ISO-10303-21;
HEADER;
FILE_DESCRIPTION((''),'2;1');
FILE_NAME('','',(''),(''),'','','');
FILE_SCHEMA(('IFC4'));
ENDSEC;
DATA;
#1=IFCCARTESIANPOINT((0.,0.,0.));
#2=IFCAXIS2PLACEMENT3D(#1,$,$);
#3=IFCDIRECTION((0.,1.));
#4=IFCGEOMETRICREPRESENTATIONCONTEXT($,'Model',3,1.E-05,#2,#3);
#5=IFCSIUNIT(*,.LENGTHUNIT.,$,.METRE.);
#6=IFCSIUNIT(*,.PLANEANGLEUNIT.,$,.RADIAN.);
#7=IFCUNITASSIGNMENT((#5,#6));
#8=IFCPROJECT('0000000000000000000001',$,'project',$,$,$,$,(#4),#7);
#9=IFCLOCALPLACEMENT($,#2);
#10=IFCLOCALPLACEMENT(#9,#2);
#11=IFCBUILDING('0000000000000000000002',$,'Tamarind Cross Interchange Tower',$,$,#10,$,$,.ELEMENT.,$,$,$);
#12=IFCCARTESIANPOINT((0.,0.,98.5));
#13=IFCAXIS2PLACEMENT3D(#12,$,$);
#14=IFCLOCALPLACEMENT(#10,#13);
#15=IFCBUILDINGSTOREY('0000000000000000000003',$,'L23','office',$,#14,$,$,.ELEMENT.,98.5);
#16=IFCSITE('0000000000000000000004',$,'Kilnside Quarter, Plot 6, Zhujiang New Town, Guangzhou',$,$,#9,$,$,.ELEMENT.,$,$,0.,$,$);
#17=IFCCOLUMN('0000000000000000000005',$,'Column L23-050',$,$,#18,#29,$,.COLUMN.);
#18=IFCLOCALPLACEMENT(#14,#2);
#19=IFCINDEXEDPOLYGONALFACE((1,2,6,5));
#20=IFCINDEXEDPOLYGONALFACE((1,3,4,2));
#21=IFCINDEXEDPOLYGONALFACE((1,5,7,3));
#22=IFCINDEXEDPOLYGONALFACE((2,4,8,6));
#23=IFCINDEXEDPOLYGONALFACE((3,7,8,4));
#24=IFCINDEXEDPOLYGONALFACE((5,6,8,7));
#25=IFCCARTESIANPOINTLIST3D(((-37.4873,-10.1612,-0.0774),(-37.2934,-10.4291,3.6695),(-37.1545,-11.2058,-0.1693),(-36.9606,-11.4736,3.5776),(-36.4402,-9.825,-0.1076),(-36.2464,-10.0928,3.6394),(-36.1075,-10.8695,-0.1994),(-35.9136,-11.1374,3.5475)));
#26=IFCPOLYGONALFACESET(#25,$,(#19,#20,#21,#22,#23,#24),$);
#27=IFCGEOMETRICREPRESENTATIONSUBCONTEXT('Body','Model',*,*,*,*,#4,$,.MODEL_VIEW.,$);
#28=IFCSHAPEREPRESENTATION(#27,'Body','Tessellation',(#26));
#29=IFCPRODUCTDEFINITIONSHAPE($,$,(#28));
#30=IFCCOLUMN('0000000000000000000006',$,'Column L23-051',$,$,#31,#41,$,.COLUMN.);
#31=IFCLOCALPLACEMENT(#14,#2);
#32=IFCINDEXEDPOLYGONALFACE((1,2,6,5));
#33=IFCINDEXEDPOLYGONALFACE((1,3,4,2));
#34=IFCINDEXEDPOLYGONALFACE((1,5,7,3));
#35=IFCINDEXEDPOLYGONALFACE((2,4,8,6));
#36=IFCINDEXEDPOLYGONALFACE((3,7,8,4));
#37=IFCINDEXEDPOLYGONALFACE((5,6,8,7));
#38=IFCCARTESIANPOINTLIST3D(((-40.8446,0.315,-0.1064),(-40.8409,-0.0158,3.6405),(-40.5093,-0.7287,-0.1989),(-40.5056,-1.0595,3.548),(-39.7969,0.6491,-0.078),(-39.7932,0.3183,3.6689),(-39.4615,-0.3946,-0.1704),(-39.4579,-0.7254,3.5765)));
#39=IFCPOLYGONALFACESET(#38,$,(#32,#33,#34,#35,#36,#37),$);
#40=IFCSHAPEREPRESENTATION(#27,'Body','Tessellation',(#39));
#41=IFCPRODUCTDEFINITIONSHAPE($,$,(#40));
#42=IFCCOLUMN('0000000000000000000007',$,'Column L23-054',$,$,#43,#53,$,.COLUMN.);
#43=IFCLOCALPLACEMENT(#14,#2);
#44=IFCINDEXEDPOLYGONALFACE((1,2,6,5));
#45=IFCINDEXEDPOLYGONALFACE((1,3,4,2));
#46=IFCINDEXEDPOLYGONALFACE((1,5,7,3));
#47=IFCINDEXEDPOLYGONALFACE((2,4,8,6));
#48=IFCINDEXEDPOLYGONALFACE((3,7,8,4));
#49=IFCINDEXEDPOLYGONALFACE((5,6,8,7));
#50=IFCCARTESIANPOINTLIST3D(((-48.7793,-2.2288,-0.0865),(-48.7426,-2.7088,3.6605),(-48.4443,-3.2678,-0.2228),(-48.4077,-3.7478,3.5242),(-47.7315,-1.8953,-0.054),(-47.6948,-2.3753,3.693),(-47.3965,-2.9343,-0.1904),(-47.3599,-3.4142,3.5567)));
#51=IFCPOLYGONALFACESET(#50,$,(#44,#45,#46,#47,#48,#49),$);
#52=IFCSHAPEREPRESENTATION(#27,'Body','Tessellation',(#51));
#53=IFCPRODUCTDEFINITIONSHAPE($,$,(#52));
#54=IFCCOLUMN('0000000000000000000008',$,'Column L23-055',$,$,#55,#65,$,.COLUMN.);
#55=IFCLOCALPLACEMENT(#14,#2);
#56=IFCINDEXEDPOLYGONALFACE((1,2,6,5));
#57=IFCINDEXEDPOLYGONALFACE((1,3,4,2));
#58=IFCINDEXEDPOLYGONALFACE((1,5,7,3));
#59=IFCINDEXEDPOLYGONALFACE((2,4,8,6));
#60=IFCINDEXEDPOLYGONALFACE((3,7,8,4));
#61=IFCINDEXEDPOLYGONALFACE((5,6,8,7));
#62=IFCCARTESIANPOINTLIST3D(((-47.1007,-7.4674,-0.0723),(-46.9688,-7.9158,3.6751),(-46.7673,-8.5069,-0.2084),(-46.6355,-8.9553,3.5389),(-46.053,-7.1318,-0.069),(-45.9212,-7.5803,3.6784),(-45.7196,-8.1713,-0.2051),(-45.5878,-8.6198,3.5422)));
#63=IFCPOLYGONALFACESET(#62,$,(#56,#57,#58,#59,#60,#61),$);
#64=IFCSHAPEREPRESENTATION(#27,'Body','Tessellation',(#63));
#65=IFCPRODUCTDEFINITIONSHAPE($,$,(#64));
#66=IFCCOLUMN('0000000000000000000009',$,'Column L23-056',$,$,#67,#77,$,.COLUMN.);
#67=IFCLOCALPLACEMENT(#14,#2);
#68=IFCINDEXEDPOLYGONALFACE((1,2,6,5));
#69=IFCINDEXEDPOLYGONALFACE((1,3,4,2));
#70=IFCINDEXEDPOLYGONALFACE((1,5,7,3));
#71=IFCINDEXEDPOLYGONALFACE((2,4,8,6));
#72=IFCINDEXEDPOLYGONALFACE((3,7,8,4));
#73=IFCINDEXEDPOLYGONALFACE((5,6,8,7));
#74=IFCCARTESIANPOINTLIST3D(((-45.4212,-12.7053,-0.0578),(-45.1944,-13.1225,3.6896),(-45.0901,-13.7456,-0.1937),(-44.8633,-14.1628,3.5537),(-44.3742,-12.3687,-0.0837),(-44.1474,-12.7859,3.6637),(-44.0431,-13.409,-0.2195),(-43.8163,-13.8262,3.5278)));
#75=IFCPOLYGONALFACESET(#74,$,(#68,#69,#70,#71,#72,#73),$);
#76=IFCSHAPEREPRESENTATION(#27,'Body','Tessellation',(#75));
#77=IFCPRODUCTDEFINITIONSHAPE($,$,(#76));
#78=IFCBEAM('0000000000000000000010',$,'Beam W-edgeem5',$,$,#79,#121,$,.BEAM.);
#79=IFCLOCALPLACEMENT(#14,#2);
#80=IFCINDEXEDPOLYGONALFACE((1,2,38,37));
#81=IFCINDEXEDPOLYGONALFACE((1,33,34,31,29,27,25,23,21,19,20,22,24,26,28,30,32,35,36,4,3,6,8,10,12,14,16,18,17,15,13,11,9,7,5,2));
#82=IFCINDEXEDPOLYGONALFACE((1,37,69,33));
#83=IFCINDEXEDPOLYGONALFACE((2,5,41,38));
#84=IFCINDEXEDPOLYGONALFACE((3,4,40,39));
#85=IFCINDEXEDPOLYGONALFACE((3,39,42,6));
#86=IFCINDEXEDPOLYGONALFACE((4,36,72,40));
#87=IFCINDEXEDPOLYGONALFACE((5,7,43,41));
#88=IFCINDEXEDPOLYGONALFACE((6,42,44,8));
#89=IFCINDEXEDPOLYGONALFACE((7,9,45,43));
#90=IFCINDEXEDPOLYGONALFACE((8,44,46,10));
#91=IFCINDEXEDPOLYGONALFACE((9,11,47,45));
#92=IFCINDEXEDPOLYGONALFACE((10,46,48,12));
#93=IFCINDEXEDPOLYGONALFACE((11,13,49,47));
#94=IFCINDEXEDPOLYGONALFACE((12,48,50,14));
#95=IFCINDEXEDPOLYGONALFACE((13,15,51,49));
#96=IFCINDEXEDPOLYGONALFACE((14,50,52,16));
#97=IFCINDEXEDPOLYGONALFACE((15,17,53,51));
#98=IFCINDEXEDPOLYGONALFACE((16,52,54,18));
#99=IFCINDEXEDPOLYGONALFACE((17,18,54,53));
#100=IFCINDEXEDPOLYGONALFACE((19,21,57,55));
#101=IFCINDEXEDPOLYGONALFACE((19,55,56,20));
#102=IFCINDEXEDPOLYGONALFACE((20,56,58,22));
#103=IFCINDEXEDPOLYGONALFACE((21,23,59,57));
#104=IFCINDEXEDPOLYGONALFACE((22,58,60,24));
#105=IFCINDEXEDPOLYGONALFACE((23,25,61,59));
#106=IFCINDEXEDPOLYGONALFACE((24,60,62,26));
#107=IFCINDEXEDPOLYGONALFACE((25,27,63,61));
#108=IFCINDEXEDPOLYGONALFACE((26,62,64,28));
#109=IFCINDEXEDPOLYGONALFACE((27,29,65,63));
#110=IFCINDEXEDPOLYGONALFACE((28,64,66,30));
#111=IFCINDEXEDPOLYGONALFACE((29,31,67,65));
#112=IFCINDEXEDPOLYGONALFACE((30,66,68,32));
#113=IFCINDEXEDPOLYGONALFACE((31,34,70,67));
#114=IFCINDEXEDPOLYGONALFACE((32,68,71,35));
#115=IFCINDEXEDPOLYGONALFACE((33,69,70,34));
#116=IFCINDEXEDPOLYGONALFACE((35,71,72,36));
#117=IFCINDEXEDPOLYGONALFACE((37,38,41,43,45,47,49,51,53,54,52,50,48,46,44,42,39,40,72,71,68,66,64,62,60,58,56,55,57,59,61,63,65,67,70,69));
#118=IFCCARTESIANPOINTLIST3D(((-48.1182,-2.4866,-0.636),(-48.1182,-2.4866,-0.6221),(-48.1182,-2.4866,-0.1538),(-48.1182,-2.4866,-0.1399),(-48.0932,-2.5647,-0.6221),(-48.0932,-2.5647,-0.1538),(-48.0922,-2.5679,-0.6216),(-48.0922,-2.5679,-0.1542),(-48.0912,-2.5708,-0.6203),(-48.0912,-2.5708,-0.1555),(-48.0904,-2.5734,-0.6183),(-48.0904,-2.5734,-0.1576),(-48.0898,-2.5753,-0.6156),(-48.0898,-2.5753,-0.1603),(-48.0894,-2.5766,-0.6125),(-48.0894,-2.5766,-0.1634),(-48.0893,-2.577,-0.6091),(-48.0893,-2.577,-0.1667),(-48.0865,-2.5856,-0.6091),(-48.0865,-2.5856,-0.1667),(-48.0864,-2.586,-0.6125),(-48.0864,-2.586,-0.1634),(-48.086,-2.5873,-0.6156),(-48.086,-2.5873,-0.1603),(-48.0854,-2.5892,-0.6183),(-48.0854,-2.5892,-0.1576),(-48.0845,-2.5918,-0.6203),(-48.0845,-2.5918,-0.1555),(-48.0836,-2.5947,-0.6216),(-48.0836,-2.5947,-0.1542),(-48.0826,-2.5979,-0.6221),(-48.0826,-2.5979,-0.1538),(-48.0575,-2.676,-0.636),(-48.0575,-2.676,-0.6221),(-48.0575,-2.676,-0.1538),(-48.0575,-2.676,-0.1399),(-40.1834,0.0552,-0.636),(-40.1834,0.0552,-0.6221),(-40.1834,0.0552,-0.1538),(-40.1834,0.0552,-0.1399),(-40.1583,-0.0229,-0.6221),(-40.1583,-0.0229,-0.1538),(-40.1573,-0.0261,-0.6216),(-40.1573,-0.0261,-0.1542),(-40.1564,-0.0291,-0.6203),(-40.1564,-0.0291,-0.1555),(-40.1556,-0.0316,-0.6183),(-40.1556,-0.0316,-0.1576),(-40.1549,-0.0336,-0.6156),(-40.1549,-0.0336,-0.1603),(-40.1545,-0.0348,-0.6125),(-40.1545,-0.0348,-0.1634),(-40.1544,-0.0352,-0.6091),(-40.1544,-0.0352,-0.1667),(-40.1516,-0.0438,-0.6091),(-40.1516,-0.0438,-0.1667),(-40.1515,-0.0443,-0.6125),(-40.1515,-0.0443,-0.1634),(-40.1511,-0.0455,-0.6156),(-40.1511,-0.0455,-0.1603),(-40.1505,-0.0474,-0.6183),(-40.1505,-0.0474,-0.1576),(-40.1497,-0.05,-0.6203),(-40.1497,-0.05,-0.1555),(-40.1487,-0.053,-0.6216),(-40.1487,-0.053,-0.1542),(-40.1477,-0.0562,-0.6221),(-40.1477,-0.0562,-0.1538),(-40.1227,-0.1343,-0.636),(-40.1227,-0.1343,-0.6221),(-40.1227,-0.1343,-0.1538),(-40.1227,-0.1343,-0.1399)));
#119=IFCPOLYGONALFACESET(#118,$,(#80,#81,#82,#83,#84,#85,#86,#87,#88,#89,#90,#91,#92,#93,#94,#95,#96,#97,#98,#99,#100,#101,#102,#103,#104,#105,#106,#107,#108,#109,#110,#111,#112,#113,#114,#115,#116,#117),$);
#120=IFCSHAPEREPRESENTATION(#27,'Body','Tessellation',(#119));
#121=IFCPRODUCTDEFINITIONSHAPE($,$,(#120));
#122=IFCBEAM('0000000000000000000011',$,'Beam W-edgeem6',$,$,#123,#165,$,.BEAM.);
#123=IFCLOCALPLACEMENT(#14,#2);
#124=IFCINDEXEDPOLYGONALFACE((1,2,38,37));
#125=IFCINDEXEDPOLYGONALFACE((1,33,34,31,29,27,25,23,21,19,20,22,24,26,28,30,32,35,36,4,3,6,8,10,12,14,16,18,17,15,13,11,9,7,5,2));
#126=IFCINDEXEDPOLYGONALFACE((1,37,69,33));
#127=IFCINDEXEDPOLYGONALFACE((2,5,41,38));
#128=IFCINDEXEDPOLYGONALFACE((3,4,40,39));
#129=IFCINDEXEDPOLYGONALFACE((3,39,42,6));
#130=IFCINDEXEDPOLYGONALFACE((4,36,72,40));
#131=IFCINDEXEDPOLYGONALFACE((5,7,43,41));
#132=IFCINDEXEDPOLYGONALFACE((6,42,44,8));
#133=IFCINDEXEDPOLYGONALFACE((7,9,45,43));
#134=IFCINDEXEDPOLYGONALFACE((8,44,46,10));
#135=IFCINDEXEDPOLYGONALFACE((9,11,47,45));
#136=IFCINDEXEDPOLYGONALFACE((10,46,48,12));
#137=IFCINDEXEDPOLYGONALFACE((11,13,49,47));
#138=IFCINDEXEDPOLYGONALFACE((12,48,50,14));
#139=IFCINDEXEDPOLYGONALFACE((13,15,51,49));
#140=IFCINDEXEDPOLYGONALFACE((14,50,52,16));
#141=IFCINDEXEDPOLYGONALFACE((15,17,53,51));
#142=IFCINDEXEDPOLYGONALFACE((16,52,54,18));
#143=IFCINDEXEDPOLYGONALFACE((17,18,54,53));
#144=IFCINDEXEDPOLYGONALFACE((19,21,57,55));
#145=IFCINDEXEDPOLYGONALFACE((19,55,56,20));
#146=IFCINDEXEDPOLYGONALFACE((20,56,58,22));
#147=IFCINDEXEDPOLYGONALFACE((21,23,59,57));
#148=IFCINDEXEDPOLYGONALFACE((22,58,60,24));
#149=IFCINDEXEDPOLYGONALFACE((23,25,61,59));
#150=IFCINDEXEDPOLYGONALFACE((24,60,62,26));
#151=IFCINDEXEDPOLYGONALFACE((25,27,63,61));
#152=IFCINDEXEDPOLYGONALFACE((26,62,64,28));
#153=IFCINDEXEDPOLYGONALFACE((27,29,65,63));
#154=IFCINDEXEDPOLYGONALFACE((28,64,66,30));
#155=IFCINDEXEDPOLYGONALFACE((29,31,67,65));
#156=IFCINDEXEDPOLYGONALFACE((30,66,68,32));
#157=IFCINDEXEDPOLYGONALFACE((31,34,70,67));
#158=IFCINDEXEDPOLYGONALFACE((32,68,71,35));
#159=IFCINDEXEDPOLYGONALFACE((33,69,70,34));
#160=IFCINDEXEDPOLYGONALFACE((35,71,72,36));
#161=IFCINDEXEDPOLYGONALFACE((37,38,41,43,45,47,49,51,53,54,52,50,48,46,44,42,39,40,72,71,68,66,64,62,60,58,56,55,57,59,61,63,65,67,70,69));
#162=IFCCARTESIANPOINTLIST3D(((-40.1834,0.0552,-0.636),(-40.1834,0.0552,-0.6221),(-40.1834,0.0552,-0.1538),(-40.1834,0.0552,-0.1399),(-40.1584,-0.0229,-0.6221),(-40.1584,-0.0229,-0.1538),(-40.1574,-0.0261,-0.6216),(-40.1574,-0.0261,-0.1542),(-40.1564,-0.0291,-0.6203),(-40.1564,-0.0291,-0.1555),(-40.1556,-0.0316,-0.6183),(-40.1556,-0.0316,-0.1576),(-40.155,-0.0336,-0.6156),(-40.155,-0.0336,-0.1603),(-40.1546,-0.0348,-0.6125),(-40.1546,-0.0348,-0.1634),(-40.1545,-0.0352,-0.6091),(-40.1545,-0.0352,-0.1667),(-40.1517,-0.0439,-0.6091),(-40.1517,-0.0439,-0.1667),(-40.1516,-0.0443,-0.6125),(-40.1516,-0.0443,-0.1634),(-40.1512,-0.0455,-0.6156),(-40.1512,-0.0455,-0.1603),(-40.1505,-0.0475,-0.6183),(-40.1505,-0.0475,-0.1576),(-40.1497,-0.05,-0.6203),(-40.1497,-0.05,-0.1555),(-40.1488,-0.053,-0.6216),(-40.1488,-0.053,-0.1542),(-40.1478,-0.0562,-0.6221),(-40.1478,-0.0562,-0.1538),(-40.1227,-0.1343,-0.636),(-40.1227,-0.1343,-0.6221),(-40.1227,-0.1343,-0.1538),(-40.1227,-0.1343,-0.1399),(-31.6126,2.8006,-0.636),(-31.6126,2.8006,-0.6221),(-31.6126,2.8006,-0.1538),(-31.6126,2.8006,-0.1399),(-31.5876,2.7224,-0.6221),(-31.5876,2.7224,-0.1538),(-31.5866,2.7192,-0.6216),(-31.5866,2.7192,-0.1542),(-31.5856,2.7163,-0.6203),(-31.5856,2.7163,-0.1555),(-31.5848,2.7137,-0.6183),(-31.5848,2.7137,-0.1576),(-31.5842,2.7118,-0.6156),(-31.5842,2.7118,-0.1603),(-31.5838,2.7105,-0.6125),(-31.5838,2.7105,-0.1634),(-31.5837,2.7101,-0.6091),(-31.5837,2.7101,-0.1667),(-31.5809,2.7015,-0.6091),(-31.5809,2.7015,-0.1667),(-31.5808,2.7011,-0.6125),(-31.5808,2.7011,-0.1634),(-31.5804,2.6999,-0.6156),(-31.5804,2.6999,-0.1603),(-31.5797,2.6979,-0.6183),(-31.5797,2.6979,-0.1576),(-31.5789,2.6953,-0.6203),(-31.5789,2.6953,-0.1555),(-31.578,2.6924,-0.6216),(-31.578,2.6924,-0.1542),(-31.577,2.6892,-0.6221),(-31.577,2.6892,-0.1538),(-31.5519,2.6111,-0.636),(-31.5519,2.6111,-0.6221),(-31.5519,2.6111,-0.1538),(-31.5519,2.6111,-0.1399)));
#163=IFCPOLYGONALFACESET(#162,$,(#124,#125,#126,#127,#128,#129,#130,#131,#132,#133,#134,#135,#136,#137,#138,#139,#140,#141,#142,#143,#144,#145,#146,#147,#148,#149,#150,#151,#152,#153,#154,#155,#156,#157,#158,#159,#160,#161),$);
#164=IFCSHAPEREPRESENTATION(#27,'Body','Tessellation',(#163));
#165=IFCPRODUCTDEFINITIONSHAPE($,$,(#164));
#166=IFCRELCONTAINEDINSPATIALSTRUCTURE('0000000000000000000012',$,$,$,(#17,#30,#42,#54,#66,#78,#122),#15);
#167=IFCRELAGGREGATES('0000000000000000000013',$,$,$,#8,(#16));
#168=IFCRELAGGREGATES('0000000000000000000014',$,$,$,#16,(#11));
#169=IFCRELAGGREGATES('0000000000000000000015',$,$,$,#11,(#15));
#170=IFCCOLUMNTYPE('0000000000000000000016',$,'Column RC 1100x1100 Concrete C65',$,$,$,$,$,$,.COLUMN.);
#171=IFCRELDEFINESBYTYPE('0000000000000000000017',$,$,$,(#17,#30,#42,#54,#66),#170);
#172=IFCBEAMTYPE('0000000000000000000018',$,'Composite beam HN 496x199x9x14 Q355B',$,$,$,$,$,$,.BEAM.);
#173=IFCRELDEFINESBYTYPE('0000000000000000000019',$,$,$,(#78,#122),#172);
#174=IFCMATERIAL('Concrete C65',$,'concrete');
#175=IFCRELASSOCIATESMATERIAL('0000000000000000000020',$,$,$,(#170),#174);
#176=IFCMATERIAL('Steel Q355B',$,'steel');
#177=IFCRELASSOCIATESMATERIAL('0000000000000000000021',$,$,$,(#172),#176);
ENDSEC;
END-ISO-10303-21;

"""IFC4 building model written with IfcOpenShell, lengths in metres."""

from ifc_helpers import new_model, si_unit, direction, frame, origin, origin_2d, place, context, subcontext, project, spatial, rectangle, i_section, extrude, material, material_profile, profile_set, type_object, element, save


model = new_model("IFC4")

# Units and contexts
model_context = context("Model", 3, precision=1e-05, world=origin(), true_north=direction((0.0, 1.0)))
body_context = subcontext(model_context, "Body", "Model", "MODEL_VIEW")
ifc_project = project(units=[si_unit("LENGTHUNIT", "METRE"), si_unit("PLANEANGLEUNIT", "RADIAN")], contexts=[model_context])

# Site, building, storey
site_placement = place(None, origin())
site = spatial("IfcSite", under=ifc_project, at=site_placement, Name="Kilnside Quarter, Plot 6, Zhujiang New Town, Guangzhou", CompositionType="ELEMENT", RefElevation=0.0)
building_placement = place(site_placement, origin())
building = spatial("IfcBuilding", under=site, at=building_placement, Name="Tamarind Cross Interchange Tower", CompositionType="ELEMENT")
storey_placement = place(building_placement, frame((0.0, 0.0, 98.5)))
storey = spatial("IfcBuildingStorey", under=building, at=storey_placement, Name="L23", Description="office", CompositionType="ELEMENT", Elevation=98.5)

# Columns
ifc_material_1 = material(Name="Concrete C65", Category="concrete")
ifc_material_profile_1 = material_profile(ifc_material_1, rectangle(XDim=1.1001, YDim=1.1001, at=origin_2d()), Name="RC 1100x1100")
ifc_profile_set_1 = profile_set([ifc_material_profile_1], Name="Concrete C65")
column_type = type_object("IfcColumnType", Name="Column RC 1100x1100 Concrete C65", PredefinedType="COLUMN", material=ifc_profile_set_1)
for number, where, z_axis, x_axis, name in (
    (1, (-36.7974, -10.5154, -0.1384), (0.051536, -0.071203, 0.99613), (-0.302506, 0.949481, 0.083519), "Column L23-050"),
    (2, (-40.1531, -0.0398, -0.1384), (0.000974, -0.087949, 0.996125), (0.952417, 0.303696, 0.025883), "Column L23-051"),
):
    element("IfcColumn", number, at=place(storey_placement, frame(where, z_axis=z_axis, x_axis=x_axis)), inside=storey, type_object=column_type, Name=name, PredefinedType="COLUMN", context=body_context, shape_type="SweptSolid", body=[
        extrude(rectangle(XDim=1.1001, YDim=1.1001, at=origin_2d()), origin(), (0.0, 0.0, 1.0), 3.7615),
    ])
column_1_placement = place(storey_placement, frame((-48.0879, -2.5815, -0.1384), z_axis=(0.009694, -0.127051, 0.991849), x_axis=(0.952473, 0.303189, 0.029528)))
element("IfcColumn", 3, at=column_1_placement, inside=storey, type_object=column_type, Name="Column L23-054", PredefinedType="COLUMN", context=body_context, shape_type="SweptSolid", body=[
    extrude(rectangle(XDim=1.1001, YDim=1.1001, at=origin_2d()), origin(), (0.0, 0.0, 1.0), 3.7778),
])
column_2_placement = place(storey_placement, frame((-46.4102, -7.8193, -0.1387), z_axis=(0.034911, -0.118762, 0.992309), x_axis=(0.952342, 0.305016, 0.003)))
element("IfcColumn", 4, at=column_2_placement, inside=storey, type_object=column_type, Name="Column L23-055", PredefinedType="COLUMN", context=body_context, shape_type="SweptSolid", body=[
    extrude(rectangle(XDim=1.1001, YDim=1.1001, at=origin_2d()), origin(), (0.0, 0.0, 1.0), 3.7764),
])
column_3_placement = place(storey_placement, frame((-44.7322, -13.0571, -0.1387), z_axis=(0.060045, -0.110459, 0.992065), x_axis=(-0.30095, 0.945609, 0.123502)))
element("IfcColumn", 5, at=column_3_placement, inside=storey, type_object=column_type, Name="Column L23-056", PredefinedType="COLUMN", context=body_context, shape_type="SweptSolid", body=[
    extrude(rectangle(XDim=1.1001, YDim=1.1001, at=origin_2d()), origin(), (0.0, 0.0, 1.0), 3.7773),
])

# Beams
ifc_material_2 = material(Name="Steel Q355B", Category="steel")
ifc_material_profile_2 = material_profile(ifc_material_2, i_section(OverallWidth=0.199, OverallDepth=0.4961, WebThickness=0.009, FlangeThickness=0.0139, FilletRadius=0.0129, at=origin_2d()), Name="HN 496x199x9x14")
ifc_profile_set_2 = profile_set([ifc_material_profile_2], Name="Steel Q355B")
beam_type_1 = type_object("IfcBeamType", Name="Composite beam HN 496x199x9x14 Q355B", PredefinedType="BEAM", material=ifc_profile_set_2)
beam_1_placement = place(storey_placement, frame((-48.0879, -2.5813, -0.3879), z_axis=(0.952333, 0.30506, 0.0), x_axis=(-0.30506, 0.952333, 0.0)))
element("IfcBeam", 6, at=beam_1_placement, inside=storey, type_object=beam_type_1, Name="Beam W-edgeem5", PredefinedType="BEAM", context=body_context, shape_type="SweptSolid", body=[
    extrude(i_section(OverallWidth=0.199, OverallDepth=0.4961, WebThickness=0.009, FlangeThickness=0.0139, FilletRadius=0.0129, at=origin_2d()), origin(), (0.0, 0.0, 1.0), 8.332),
])
beam_2_placement = place(storey_placement, frame((-40.1531, -0.0396, -0.3879), z_axis=(0.952337, 0.305048, 0.0), x_axis=(-0.305048, 0.952337, 0.0)))
element("IfcBeam", 7, at=beam_2_placement, inside=storey, type_object=beam_type_1, Name="Beam W-edgeem6", PredefinedType="BEAM", context=body_context, shape_type="SweptSolid", body=[
    extrude(i_section(OverallWidth=0.199, OverallDepth=0.4961, WebThickness=0.009, FlangeThickness=0.0139, FilletRadius=0.0129, at=origin_2d()), origin(), (0.0, 0.0, 1.0), 8.9998),
])

save(model, "model.ifc")
